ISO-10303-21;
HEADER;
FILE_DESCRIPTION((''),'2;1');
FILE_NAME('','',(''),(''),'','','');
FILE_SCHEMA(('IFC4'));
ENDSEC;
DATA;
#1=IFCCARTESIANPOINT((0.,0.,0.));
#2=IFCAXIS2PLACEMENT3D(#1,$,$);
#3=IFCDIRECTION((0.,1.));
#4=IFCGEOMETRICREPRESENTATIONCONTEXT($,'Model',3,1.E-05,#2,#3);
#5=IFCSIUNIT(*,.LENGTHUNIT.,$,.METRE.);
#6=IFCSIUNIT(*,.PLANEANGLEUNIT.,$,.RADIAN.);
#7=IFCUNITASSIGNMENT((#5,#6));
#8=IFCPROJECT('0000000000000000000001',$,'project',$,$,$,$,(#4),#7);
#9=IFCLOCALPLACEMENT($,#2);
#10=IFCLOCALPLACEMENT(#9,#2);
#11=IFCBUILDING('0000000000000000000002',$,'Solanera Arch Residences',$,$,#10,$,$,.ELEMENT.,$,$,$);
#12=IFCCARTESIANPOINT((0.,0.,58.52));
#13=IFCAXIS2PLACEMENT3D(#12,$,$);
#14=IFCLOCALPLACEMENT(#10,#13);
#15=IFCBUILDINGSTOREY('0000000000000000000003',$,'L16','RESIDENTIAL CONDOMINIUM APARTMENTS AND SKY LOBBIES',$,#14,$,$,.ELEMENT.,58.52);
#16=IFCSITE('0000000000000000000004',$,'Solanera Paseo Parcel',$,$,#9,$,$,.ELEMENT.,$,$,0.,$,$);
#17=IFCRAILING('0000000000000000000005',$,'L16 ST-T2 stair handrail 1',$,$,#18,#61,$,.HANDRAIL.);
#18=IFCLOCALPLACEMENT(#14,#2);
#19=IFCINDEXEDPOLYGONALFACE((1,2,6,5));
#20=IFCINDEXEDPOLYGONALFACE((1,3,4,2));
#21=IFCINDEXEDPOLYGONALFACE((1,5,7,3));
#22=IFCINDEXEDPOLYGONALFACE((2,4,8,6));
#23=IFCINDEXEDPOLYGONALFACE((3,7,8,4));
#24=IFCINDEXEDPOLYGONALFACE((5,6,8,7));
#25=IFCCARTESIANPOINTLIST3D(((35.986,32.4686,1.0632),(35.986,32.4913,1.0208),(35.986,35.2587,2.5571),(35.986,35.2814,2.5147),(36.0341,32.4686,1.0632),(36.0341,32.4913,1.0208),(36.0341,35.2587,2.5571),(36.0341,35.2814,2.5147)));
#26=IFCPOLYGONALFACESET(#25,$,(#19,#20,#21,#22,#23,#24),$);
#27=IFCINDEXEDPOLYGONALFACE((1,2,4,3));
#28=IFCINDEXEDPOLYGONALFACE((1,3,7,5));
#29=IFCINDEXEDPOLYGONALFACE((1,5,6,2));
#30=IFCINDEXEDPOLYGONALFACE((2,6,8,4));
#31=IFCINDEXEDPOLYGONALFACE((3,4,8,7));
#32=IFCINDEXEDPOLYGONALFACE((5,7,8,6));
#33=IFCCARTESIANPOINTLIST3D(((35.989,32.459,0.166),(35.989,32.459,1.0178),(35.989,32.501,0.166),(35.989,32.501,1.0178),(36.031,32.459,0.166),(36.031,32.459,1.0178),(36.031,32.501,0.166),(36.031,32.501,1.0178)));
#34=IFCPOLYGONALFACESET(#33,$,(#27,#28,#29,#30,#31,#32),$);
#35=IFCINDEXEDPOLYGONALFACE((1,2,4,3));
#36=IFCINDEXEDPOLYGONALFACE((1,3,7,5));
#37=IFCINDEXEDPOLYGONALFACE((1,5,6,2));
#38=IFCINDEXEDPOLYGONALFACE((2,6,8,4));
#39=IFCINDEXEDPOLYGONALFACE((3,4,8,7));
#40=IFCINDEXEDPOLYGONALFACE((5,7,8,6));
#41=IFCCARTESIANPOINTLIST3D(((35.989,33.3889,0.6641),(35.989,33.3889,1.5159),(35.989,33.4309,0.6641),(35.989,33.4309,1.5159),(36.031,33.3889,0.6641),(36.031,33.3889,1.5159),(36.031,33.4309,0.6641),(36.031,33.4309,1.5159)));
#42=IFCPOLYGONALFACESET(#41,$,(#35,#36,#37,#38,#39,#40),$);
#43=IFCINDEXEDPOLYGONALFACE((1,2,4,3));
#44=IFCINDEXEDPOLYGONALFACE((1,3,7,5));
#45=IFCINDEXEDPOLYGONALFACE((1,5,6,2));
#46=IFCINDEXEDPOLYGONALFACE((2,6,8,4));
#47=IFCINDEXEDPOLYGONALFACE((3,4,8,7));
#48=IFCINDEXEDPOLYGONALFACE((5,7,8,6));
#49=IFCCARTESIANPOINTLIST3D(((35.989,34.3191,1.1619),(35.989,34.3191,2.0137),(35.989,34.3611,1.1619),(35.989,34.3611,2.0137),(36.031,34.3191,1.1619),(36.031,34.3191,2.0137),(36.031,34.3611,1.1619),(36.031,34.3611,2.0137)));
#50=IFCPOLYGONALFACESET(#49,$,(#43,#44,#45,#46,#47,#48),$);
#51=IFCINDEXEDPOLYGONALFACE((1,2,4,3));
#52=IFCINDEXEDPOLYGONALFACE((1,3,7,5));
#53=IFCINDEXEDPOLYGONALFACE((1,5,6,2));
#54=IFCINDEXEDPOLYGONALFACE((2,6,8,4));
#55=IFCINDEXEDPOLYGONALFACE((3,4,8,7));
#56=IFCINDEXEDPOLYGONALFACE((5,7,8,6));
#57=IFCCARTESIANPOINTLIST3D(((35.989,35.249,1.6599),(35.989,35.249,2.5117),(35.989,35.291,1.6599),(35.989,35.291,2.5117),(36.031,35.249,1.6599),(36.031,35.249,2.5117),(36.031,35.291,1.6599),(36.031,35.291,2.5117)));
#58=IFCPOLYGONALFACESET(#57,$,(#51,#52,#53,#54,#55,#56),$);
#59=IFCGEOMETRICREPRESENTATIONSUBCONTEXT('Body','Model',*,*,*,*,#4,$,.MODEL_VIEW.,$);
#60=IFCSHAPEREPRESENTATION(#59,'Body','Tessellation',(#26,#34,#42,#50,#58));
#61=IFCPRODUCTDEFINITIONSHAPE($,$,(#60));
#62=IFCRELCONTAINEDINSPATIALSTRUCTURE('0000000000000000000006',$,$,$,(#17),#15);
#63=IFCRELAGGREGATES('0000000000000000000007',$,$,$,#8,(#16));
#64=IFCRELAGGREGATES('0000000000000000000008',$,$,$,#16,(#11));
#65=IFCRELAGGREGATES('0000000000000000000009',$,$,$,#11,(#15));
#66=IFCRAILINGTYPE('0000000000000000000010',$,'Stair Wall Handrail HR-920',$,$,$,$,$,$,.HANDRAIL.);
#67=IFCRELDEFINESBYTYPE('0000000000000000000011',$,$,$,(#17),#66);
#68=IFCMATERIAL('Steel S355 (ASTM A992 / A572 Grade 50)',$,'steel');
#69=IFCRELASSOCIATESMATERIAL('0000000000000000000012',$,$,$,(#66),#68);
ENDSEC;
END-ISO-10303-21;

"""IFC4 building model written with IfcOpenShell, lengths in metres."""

from ifc_helpers import new_model, si_unit, direction, frame, origin, origin_2d, place, context, subcontext, project, spatial, rectangle, extrude, material, type_object, element, save


model = new_model("IFC4")

# Units and contexts
model_context = context("Model", 3, precision=1e-05, world=origin(), true_north=direction((0.0, 1.0)))
body_context = subcontext(model_context, "Body", "Model", "MODEL_VIEW")
ifc_project = project(units=[si_unit("LENGTHUNIT", "METRE"), si_unit("PLANEANGLEUNIT", "RADIAN")], contexts=[model_context])

# Site, building, storey
site_placement = place(None, origin())
site = spatial("IfcSite", under=ifc_project, at=site_placement, Name="Solanera Paseo Parcel", CompositionType="ELEMENT", RefElevation=0.0)
building_placement = place(site_placement, origin())
building = spatial("IfcBuilding", under=site, at=building_placement, Name="Solanera Arch Residences", CompositionType="ELEMENT")
storey_placement = place(building_placement, frame((0.0, 0.0, 58.52)))
storey = spatial("IfcBuildingStorey", under=building, at=storey_placement, Name="L16", Description="RESIDENTIAL CONDOMINIUM APARTMENTS AND SKY LOBBIES", CompositionType="ELEMENT", Elevation=58.52)

# Railing
ifc_material_1 = material(Name="Steel S355 (ASTM A992 / A572 Grade 50)", Category="steel")
railing_type_1 = type_object("IfcRailingType", Name="Stair Wall Handrail HR-920", PredefinedType="HANDRAIL", material=ifc_material_1)
railing_1_placement = place(storey_placement, frame((36.01, 32.48, 0.166)))
element("IfcRailing", 1, at=railing_1_placement, inside=storey, type_object=railing_type_1, Name="L16 ST-T2 stair handrail 1", PredefinedType="HANDRAIL", context=body_context, shape_type="SweptSolid", body=[
    extrude(rectangle(XDim=0.0481, YDim=0.0481, at=origin_2d()), frame((0.0, 0.0, 0.876), z_axis=(0.0, 0.881581, 0.472033), x_axis=(-1.0, 0.0, 0.0)), (0.0, 0.0, 1.0), 3.1648),
    extrude(rectangle(XDim=0.042, YDim=0.042, at=origin_2d()), origin(), (0.0, 0.0, 1.0), 0.8518),
    extrude(rectangle(XDim=0.042, YDim=0.042, at=origin_2d()), frame((0.0, 0.9299, 0.498)), (0.0, 0.0, 1.0), 0.8518),
    extrude(rectangle(XDim=0.042, YDim=0.042, at=origin_2d()), frame((0.0, 1.8601, 0.9958)), (0.0, 0.0, 1.0), 0.8518),
    extrude(rectangle(XDim=0.042, YDim=0.042, at=origin_2d()), frame((0.0, 2.79, 1.4939)), (0.0, 0.0, 1.0), 0.8518),
])

save(model, "model.ifc")
